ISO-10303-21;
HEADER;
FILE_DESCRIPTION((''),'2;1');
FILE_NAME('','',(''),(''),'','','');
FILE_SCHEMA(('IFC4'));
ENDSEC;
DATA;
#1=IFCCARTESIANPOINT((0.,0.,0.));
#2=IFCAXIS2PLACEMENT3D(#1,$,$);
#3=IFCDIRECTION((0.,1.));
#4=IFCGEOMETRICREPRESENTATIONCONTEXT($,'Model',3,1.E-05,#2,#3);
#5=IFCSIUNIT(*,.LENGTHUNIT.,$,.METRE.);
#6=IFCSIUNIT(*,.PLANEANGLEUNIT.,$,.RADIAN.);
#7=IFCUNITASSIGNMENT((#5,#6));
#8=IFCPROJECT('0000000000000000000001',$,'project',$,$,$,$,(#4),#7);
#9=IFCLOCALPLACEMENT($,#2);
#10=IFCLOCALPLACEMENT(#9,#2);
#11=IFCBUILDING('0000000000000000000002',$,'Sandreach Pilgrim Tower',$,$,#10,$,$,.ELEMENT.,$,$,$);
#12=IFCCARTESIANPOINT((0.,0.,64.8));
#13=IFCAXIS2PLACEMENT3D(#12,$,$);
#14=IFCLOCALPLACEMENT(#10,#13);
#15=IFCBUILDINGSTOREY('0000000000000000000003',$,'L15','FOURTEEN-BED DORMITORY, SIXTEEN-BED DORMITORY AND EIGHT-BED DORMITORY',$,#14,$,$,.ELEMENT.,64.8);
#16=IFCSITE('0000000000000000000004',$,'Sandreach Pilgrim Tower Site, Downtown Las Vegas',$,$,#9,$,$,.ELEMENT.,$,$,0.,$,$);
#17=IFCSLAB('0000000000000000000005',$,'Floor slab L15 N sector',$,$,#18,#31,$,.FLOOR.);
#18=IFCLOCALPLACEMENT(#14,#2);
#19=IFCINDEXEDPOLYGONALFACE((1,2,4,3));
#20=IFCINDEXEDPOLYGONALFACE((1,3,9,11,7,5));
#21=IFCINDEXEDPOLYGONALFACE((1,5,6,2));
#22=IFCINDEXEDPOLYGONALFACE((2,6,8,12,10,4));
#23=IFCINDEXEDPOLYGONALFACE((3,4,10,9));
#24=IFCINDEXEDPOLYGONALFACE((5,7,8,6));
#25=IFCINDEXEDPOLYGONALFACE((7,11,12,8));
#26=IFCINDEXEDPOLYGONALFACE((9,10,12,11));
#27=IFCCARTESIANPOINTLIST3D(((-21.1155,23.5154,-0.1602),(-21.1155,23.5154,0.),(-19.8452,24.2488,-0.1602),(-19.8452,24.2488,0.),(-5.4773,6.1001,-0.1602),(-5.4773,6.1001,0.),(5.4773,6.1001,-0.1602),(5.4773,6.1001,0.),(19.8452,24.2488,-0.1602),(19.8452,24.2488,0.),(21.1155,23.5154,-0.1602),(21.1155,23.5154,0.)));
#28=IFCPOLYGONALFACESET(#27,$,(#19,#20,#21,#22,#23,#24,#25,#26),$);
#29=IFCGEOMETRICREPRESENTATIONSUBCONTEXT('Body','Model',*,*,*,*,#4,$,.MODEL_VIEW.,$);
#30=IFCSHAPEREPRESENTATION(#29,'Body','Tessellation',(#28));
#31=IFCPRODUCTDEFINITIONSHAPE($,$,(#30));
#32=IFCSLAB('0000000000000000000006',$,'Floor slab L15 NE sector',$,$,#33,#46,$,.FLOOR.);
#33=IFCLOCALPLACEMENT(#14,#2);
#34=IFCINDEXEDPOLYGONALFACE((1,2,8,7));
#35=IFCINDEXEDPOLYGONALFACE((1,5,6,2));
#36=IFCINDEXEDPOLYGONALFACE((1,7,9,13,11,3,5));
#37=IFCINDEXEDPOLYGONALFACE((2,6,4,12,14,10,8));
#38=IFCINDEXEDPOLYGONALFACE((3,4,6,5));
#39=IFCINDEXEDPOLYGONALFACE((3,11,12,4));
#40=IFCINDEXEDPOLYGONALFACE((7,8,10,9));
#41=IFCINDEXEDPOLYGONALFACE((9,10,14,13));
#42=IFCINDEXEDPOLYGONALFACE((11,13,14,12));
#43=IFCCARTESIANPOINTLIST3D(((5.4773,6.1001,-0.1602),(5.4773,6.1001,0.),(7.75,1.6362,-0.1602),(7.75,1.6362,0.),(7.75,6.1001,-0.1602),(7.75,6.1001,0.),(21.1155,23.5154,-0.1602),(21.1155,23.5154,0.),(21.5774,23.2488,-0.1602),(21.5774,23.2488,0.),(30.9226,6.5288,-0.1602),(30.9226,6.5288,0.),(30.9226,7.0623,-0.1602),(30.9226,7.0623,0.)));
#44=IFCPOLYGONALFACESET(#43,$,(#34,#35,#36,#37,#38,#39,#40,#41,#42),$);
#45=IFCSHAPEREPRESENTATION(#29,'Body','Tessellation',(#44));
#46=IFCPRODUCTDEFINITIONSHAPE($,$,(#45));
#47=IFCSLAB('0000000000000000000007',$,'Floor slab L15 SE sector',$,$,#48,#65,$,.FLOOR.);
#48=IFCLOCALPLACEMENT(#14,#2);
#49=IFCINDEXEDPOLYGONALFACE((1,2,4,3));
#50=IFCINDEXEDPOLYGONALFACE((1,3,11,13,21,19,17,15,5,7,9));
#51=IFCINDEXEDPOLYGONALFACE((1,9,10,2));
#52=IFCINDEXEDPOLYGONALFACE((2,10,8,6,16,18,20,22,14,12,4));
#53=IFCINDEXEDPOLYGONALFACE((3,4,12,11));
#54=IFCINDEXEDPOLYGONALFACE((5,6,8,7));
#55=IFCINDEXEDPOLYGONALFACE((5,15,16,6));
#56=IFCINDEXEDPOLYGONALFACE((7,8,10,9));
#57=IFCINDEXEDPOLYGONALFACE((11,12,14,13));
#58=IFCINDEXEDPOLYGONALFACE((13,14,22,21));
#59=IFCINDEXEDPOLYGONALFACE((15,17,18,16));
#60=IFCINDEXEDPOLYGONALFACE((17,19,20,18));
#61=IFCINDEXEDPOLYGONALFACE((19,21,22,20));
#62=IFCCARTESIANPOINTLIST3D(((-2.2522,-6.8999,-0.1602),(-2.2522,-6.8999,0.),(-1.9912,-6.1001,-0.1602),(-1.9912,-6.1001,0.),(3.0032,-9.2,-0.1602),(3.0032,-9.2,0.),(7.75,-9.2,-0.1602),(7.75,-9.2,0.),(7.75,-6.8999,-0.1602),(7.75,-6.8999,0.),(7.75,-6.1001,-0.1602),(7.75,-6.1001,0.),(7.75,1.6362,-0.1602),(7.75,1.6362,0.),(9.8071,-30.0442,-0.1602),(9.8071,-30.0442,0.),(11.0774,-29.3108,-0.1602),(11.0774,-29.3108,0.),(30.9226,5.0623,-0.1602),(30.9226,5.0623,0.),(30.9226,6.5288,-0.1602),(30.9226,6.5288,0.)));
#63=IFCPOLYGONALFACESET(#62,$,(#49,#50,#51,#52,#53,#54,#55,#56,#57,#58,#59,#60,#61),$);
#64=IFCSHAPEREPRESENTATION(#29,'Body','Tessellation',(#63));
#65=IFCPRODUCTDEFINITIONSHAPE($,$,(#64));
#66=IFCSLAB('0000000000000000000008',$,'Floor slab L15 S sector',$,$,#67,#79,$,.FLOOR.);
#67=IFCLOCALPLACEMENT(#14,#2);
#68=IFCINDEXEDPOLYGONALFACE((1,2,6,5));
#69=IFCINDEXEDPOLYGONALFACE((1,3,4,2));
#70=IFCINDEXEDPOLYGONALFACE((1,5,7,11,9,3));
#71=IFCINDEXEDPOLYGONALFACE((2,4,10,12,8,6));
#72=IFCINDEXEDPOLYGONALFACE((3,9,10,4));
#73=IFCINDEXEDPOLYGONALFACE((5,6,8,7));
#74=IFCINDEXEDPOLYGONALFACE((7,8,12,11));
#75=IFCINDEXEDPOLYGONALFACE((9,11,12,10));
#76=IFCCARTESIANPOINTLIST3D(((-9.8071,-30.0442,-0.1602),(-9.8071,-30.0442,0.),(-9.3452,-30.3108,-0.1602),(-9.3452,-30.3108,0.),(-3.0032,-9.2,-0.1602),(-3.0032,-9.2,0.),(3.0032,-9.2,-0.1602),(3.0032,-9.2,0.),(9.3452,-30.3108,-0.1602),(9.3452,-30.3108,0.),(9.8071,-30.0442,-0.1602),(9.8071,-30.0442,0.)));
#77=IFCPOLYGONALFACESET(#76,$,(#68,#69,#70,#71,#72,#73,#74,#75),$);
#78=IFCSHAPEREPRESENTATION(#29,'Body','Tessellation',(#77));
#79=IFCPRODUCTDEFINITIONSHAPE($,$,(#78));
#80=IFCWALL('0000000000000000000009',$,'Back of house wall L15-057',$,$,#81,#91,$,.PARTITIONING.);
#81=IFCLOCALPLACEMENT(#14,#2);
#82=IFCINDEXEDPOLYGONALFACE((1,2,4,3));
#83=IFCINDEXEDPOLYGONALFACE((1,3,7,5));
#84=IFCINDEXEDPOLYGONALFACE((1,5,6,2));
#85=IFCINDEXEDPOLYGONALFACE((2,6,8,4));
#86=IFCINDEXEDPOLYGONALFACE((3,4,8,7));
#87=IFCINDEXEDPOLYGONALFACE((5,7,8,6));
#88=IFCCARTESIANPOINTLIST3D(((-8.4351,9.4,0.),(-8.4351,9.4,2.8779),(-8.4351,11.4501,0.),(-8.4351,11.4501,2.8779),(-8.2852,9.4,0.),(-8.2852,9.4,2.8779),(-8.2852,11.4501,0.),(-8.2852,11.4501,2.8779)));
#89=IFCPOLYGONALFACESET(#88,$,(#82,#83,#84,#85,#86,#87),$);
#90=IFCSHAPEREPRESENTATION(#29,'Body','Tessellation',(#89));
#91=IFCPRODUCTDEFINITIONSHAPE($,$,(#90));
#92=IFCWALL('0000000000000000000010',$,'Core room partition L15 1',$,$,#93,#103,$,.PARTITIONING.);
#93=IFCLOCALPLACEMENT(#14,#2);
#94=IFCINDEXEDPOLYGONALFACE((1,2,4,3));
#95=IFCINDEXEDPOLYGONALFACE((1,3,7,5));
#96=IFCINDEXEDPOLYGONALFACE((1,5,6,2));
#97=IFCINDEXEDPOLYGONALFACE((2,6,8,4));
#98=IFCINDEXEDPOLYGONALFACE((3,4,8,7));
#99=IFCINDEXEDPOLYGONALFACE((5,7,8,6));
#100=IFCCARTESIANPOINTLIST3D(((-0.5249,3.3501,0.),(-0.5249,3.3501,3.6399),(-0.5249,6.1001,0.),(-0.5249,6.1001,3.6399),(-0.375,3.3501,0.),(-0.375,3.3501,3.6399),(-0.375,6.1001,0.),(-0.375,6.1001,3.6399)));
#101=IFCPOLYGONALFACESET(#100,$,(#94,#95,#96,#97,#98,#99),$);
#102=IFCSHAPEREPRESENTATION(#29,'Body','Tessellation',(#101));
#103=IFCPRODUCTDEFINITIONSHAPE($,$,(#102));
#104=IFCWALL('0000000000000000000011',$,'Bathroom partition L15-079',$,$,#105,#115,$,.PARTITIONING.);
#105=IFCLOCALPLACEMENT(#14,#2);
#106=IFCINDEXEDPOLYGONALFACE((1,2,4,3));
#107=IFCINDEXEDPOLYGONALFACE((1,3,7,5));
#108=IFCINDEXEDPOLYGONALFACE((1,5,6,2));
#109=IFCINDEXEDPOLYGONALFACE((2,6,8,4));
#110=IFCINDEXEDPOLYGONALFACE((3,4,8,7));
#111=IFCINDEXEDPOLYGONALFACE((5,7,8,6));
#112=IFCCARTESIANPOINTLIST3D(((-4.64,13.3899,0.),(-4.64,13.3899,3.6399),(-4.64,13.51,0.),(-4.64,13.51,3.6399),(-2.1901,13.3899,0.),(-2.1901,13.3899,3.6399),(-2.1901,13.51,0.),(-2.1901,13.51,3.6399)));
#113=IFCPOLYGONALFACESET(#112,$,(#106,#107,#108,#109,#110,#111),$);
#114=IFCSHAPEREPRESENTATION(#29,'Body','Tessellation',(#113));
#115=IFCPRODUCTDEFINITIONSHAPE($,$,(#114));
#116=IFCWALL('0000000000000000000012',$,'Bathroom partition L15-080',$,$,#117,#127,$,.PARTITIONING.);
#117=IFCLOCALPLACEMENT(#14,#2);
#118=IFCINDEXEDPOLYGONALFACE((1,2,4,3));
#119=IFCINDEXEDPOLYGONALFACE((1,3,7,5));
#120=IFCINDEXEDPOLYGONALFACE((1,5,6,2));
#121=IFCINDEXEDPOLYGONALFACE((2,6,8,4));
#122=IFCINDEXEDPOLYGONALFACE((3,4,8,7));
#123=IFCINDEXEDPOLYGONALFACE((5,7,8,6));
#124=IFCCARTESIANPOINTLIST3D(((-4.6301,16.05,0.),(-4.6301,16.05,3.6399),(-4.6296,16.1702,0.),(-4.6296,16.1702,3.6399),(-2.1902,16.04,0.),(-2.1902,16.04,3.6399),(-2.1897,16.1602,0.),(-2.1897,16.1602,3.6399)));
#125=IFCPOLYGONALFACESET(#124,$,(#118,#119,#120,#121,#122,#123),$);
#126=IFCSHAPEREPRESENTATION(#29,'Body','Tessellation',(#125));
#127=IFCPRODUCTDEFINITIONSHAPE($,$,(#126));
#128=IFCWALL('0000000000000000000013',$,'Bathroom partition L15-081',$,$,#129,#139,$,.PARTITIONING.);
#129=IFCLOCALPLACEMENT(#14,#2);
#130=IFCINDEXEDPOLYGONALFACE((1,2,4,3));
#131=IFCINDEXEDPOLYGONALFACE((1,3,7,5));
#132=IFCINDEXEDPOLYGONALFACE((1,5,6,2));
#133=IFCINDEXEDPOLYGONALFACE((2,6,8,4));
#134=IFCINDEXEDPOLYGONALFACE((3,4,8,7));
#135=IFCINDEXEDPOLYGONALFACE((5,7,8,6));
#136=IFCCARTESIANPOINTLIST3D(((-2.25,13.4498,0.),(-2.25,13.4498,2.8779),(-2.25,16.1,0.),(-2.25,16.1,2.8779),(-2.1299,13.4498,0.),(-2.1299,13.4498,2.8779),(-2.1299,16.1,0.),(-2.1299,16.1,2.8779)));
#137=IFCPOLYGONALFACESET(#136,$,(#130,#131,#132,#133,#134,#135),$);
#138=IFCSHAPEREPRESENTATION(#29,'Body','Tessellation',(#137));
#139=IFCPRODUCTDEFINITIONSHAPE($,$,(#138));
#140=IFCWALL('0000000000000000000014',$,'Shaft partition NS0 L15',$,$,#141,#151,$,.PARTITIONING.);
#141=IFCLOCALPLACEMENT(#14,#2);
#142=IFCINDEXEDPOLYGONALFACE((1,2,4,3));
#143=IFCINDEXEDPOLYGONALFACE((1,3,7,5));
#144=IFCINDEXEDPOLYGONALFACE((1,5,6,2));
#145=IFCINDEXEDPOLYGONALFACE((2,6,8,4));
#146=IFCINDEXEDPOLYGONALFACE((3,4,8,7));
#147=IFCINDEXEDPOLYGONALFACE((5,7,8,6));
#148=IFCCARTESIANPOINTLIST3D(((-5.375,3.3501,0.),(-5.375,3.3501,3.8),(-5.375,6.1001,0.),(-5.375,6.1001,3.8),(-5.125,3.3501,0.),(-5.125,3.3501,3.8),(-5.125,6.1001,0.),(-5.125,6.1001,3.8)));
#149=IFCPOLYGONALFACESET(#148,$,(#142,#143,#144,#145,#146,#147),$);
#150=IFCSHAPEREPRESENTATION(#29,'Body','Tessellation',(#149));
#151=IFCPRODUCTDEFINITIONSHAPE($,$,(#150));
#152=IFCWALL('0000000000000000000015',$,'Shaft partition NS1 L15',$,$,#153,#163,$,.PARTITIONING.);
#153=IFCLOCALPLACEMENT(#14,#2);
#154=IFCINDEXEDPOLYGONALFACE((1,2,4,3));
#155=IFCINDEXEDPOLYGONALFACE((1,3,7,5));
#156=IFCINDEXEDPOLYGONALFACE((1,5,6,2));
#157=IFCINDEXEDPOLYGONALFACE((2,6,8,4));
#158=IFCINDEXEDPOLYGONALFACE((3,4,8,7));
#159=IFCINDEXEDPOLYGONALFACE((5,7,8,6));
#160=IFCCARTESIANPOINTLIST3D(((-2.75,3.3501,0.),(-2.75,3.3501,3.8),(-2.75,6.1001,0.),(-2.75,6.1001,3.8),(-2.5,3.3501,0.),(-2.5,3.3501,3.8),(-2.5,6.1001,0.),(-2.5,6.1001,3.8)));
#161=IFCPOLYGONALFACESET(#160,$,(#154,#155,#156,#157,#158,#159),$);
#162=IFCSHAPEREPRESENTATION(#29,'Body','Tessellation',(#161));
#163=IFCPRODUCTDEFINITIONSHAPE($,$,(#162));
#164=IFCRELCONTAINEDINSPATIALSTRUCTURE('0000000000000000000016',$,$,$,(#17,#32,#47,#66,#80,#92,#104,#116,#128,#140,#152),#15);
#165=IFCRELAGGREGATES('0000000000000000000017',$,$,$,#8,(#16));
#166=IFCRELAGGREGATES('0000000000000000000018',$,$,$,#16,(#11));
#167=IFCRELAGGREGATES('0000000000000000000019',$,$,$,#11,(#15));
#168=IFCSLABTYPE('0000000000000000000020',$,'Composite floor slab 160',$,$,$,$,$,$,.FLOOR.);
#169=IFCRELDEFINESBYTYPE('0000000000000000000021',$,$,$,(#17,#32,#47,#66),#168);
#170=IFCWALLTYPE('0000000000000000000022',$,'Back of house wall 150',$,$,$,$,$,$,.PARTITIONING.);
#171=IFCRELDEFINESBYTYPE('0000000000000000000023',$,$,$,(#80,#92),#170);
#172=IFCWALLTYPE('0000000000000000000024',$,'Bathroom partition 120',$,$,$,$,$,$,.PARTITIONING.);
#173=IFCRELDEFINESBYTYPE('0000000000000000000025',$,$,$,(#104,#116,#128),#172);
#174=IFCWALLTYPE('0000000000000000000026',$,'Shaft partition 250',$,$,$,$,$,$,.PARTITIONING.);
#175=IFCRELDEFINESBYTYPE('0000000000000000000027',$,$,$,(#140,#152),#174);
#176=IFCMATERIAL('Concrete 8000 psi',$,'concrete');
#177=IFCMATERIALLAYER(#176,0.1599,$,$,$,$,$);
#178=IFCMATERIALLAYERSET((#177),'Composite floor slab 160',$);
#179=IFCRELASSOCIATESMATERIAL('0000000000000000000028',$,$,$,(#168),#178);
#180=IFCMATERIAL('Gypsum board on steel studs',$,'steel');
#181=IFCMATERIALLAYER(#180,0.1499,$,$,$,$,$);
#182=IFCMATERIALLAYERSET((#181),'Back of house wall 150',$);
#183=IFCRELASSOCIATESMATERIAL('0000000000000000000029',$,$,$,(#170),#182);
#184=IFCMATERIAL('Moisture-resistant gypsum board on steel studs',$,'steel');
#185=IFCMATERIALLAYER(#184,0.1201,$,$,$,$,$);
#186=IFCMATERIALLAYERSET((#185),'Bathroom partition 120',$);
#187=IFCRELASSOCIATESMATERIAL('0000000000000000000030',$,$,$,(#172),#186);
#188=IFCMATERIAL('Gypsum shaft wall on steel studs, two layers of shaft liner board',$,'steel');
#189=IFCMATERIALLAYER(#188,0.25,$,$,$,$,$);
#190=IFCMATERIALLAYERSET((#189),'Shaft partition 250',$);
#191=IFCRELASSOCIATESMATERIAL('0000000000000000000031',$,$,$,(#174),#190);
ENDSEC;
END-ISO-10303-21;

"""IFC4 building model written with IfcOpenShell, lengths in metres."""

from ifc_helpers import new_model, si_unit, direction, frame, frame_2d, origin, place, context, subcontext, project, spatial, polyline, rectangle, outline, extrude, material, layer, layer_set, type_object, element, save


model = new_model("IFC4")

# Units and contexts
model_context = context("Model", 3, precision=1e-05, world=origin(), true_north=direction((0.0, 1.0)))
body_context = subcontext(model_context, "Body", "Model", "MODEL_VIEW")
ifc_project = project(units=[si_unit("LENGTHUNIT", "METRE"), si_unit("PLANEANGLEUNIT", "RADIAN")], contexts=[model_context])

# Site, building, storey
site_placement = place(None, origin())
site = spatial("IfcSite", under=ifc_project, at=site_placement, Name="Sandreach Pilgrim Tower Site, Downtown Las Vegas", CompositionType="ELEMENT", RefElevation=0.0)
building_placement = place(site_placement, origin())
building = spatial("IfcBuilding", under=site, at=building_placement, Name="Sandreach Pilgrim Tower", CompositionType="ELEMENT")
storey_placement = place(building_placement, frame((0.0, 0.0, 64.8)))
storey = spatial("IfcBuildingStorey", under=building, at=storey_placement, Name="L15", Description="FOURTEEN-BED DORMITORY, SIXTEEN-BED DORMITORY AND EIGHT-BED DORMITORY", CompositionType="ELEMENT", Elevation=64.8)

# Slabs
ifc_material_1 = material(Name="Concrete 8000 psi", Category="concrete")
ifc_layer_1 = layer(ifc_material_1, 0.1599)
ifc_layer_set_1 = layer_set([ifc_layer_1], Name="Composite floor slab 160")
slab_type = type_object("IfcSlabType", Name="Composite floor slab 160", PredefinedType="FLOOR", material=ifc_layer_set_1)
slab_1_placement = place(storey_placement, frame((0.0, 0.0, -0.1602)))
element("IfcSlab", 1, at=slab_1_placement, inside=storey, type_object=slab_type, Name="Floor slab L15 N sector", PredefinedType="FLOOR", context=body_context, shape_type="SweptSolid", body=[
    extrude(outline(polyline([(-19.8452, 24.2488), (19.8452, 24.2488), (21.1155, 23.5154), (5.4773, 6.1001), (-5.4773, 6.1001), (-21.1155, 23.5154), (-19.8452, 24.2488)])), origin(), (0.0, 0.0, 1.0), 0.1602),
])
slab_2_placement = place(storey_placement, frame((0.0, 0.0, -0.1602)))
element("IfcSlab", 2, at=slab_2_placement, inside=storey, type_object=slab_type, Name="Floor slab L15 NE sector", PredefinedType="FLOOR", context=body_context, shape_type="SweptSolid", body=[
    extrude(outline(polyline([(21.5774, 23.2488), (30.9226, 7.0623), (30.9226, 6.5288), (7.75, 1.6362), (7.75, 6.1001), (5.4773, 6.1001), (21.1155, 23.5154), (21.5774, 23.2488)])), origin(), (0.0, 0.0, 1.0), 0.1602),
])
slab_3_placement = place(storey_placement, frame((0.0, 0.0, -0.1602)))
element("IfcSlab", 3, at=slab_3_placement, inside=storey, type_object=slab_type, Name="Floor slab L15 SE sector", PredefinedType="FLOOR", context=body_context, shape_type="SweptSolid", body=[
    extrude(outline(polyline([(11.0774, -29.3108), (9.8071, -30.0442), (3.0032, -9.2), (7.75, -9.2), (7.75, -6.8999), (-2.2522, -6.8999), (-1.9912, -6.1001), (7.75, -6.1001), (7.75, 1.6362), (30.9226, 6.5288), (30.9226, 5.0623), (11.0774, -29.3108)])), origin(), (0.0, 0.0, 1.0), 0.1602),
])
slab_4_placement = place(storey_placement, frame((0.0, 0.0, -0.1602)))
element("IfcSlab", 4, at=slab_4_placement, inside=storey, type_object=slab_type, Name="Floor slab L15 S sector", PredefinedType="FLOOR", context=body_context, shape_type="SweptSolid", body=[
    extrude(outline(polyline([(9.3452, -30.3108), (-9.3452, -30.3108), (-9.8071, -30.0442), (-3.0032, -9.2), (3.0032, -9.2), (9.8071, -30.0442), (9.3452, -30.3108)])), origin(), (0.0, 0.0, 1.0), 0.1602),
])

# Walls
ifc_material_2 = material(Name="Gypsum board on steel studs", Category="steel")
ifc_layer_2 = layer(ifc_material_2, 0.1499)
ifc_layer_set_2 = layer_set([ifc_layer_2], Name="Back of house wall 150")
wall_type_1 = type_object("IfcWallType", Name="Back of house wall 150", PredefinedType="PARTITIONING", material=ifc_layer_set_2)
wall_1_placement = place(storey_placement, frame((-8.3601, 11.45, 0.0), z_axis=(0.0, 0.0, 1.0), x_axis=(0.0, -1.0, 0.0)))
element("IfcWall", 5, at=wall_1_placement, inside=storey, type_object=wall_type_1, Name="Back of house wall L15-057", PredefinedType="PARTITIONING", context=body_context, shape_type="SweptSolid", body=[
    extrude(rectangle(XDim=2.05, YDim=0.1499, at=frame_2d((1.0249, 0.0))), origin(), (0.0, 0.0, 1.0), 2.8779),
])
wall_2_placement = place(storey_placement, frame((-0.45, 3.3501, 0.0), z_axis=(0.0, 0.0, 1.0), x_axis=(0.0, 1.0, 0.0)))
element("IfcWall", 6, at=wall_2_placement, inside=storey, type_object=wall_type_1, Name="Core room partition L15 1", PredefinedType="PARTITIONING", context=body_context, shape_type="SweptSolid", body=[
    extrude(rectangle(XDim=2.75, YDim=0.1499, at=frame_2d((1.375, 0.0))), origin(), (0.0, 0.0, 1.0), 3.6399),
])
ifc_material_3 = material(Name="Moisture-resistant gypsum board on steel studs", Category="steel")
ifc_layer_3 = layer(ifc_material_3, 0.1201)
ifc_layer_set_3 = layer_set([ifc_layer_3], Name="Bathroom partition 120")
wall_type_2 = type_object("IfcWallType", Name="Bathroom partition 120", PredefinedType="PARTITIONING", material=ifc_layer_set_3)
wall_3_placement = place(storey_placement, frame((-2.1899, 13.45, 0.0), z_axis=(0.0, 0.0, 1.0), x_axis=(-1.0, 0.0, 0.0)))
element("IfcWall", 7, at=wall_3_placement, inside=storey, type_object=wall_type_2, Name="Bathroom partition L15-079", PredefinedType="PARTITIONING", context=body_context, shape_type="SweptSolid", body=[
    extrude(rectangle(XDim=2.45, YDim=0.1201, at=frame_2d((1.2251, 0.0))), origin(), (0.0, 0.0, 1.0), 3.6399),
])
wall_4_placement = place(storey_placement, frame((-2.1899, 16.1001, 0.0), z_axis=(0.0, 0.0, 1.0), x_axis=(-0.999992, 0.004102, 0.0)))
element("IfcWall", 8, at=wall_4_placement, inside=storey, type_object=wall_type_2, Name="Bathroom partition L15-080", PredefinedType="PARTITIONING", context=body_context, shape_type="SweptSolid", body=[
    extrude(rectangle(XDim=2.4399, YDim=0.1201, at=frame_2d((1.22, 0.0))), origin(), (0.0, 0.0, 1.0), 3.6399),
])
wall_5_placement = place(storey_placement, frame((-2.1899, 16.1001, 0.0), z_axis=(0.0, 0.0, 1.0), x_axis=(0.0, -1.0, 0.0)))
element("IfcWall", 9, at=wall_5_placement, inside=storey, type_object=wall_type_2, Name="Bathroom partition L15-081", PredefinedType="PARTITIONING", context=body_context, shape_type="SweptSolid", body=[
    extrude(rectangle(XDim=2.6501, YDim=0.1201, at=frame_2d((1.3252, 0.0))), origin(), (0.0, 0.0, 1.0), 2.8779),
])

# Walls
ifc_material_4 = material(Name="Gypsum shaft wall on steel studs, two layers of shaft liner board", Category="steel")
ifc_layer_4 = layer(ifc_material_4, 0.25)
ifc_layer_set_4 = layer_set([ifc_layer_4], Name="Shaft partition 250")
wall_type_3 = type_object("IfcWallType", Name="Shaft partition 250", PredefinedType="PARTITIONING", material=ifc_layer_set_4)
for number, where, z_axis, x_axis, name in (
    (10, (-5.25, 3.3501, 0.0), (0.0, 0.0, 1.0), (0.0, 1.0, 0.0), "Shaft partition NS0 L15"),
    (11, (-2.625, 3.3501, 0.0), (0.0, 0.0, 1.0), (0.0, 1.0, 0.0), "Shaft partition NS1 L15"),
):
    element("IfcWall", number, at=place(storey_placement, frame(where, z_axis=z_axis, x_axis=x_axis)), inside=storey, type_object=wall_type_3, Name=name, PredefinedType="PARTITIONING", context=body_context, shape_type="SweptSolid", body=[
        extrude(rectangle(XDim=2.75, YDim=0.25, at=frame_2d((1.375, 0.0))), origin(), (0.0, 0.0, 1.0), 3.8),
    ])

save(model, "model.ifc")
